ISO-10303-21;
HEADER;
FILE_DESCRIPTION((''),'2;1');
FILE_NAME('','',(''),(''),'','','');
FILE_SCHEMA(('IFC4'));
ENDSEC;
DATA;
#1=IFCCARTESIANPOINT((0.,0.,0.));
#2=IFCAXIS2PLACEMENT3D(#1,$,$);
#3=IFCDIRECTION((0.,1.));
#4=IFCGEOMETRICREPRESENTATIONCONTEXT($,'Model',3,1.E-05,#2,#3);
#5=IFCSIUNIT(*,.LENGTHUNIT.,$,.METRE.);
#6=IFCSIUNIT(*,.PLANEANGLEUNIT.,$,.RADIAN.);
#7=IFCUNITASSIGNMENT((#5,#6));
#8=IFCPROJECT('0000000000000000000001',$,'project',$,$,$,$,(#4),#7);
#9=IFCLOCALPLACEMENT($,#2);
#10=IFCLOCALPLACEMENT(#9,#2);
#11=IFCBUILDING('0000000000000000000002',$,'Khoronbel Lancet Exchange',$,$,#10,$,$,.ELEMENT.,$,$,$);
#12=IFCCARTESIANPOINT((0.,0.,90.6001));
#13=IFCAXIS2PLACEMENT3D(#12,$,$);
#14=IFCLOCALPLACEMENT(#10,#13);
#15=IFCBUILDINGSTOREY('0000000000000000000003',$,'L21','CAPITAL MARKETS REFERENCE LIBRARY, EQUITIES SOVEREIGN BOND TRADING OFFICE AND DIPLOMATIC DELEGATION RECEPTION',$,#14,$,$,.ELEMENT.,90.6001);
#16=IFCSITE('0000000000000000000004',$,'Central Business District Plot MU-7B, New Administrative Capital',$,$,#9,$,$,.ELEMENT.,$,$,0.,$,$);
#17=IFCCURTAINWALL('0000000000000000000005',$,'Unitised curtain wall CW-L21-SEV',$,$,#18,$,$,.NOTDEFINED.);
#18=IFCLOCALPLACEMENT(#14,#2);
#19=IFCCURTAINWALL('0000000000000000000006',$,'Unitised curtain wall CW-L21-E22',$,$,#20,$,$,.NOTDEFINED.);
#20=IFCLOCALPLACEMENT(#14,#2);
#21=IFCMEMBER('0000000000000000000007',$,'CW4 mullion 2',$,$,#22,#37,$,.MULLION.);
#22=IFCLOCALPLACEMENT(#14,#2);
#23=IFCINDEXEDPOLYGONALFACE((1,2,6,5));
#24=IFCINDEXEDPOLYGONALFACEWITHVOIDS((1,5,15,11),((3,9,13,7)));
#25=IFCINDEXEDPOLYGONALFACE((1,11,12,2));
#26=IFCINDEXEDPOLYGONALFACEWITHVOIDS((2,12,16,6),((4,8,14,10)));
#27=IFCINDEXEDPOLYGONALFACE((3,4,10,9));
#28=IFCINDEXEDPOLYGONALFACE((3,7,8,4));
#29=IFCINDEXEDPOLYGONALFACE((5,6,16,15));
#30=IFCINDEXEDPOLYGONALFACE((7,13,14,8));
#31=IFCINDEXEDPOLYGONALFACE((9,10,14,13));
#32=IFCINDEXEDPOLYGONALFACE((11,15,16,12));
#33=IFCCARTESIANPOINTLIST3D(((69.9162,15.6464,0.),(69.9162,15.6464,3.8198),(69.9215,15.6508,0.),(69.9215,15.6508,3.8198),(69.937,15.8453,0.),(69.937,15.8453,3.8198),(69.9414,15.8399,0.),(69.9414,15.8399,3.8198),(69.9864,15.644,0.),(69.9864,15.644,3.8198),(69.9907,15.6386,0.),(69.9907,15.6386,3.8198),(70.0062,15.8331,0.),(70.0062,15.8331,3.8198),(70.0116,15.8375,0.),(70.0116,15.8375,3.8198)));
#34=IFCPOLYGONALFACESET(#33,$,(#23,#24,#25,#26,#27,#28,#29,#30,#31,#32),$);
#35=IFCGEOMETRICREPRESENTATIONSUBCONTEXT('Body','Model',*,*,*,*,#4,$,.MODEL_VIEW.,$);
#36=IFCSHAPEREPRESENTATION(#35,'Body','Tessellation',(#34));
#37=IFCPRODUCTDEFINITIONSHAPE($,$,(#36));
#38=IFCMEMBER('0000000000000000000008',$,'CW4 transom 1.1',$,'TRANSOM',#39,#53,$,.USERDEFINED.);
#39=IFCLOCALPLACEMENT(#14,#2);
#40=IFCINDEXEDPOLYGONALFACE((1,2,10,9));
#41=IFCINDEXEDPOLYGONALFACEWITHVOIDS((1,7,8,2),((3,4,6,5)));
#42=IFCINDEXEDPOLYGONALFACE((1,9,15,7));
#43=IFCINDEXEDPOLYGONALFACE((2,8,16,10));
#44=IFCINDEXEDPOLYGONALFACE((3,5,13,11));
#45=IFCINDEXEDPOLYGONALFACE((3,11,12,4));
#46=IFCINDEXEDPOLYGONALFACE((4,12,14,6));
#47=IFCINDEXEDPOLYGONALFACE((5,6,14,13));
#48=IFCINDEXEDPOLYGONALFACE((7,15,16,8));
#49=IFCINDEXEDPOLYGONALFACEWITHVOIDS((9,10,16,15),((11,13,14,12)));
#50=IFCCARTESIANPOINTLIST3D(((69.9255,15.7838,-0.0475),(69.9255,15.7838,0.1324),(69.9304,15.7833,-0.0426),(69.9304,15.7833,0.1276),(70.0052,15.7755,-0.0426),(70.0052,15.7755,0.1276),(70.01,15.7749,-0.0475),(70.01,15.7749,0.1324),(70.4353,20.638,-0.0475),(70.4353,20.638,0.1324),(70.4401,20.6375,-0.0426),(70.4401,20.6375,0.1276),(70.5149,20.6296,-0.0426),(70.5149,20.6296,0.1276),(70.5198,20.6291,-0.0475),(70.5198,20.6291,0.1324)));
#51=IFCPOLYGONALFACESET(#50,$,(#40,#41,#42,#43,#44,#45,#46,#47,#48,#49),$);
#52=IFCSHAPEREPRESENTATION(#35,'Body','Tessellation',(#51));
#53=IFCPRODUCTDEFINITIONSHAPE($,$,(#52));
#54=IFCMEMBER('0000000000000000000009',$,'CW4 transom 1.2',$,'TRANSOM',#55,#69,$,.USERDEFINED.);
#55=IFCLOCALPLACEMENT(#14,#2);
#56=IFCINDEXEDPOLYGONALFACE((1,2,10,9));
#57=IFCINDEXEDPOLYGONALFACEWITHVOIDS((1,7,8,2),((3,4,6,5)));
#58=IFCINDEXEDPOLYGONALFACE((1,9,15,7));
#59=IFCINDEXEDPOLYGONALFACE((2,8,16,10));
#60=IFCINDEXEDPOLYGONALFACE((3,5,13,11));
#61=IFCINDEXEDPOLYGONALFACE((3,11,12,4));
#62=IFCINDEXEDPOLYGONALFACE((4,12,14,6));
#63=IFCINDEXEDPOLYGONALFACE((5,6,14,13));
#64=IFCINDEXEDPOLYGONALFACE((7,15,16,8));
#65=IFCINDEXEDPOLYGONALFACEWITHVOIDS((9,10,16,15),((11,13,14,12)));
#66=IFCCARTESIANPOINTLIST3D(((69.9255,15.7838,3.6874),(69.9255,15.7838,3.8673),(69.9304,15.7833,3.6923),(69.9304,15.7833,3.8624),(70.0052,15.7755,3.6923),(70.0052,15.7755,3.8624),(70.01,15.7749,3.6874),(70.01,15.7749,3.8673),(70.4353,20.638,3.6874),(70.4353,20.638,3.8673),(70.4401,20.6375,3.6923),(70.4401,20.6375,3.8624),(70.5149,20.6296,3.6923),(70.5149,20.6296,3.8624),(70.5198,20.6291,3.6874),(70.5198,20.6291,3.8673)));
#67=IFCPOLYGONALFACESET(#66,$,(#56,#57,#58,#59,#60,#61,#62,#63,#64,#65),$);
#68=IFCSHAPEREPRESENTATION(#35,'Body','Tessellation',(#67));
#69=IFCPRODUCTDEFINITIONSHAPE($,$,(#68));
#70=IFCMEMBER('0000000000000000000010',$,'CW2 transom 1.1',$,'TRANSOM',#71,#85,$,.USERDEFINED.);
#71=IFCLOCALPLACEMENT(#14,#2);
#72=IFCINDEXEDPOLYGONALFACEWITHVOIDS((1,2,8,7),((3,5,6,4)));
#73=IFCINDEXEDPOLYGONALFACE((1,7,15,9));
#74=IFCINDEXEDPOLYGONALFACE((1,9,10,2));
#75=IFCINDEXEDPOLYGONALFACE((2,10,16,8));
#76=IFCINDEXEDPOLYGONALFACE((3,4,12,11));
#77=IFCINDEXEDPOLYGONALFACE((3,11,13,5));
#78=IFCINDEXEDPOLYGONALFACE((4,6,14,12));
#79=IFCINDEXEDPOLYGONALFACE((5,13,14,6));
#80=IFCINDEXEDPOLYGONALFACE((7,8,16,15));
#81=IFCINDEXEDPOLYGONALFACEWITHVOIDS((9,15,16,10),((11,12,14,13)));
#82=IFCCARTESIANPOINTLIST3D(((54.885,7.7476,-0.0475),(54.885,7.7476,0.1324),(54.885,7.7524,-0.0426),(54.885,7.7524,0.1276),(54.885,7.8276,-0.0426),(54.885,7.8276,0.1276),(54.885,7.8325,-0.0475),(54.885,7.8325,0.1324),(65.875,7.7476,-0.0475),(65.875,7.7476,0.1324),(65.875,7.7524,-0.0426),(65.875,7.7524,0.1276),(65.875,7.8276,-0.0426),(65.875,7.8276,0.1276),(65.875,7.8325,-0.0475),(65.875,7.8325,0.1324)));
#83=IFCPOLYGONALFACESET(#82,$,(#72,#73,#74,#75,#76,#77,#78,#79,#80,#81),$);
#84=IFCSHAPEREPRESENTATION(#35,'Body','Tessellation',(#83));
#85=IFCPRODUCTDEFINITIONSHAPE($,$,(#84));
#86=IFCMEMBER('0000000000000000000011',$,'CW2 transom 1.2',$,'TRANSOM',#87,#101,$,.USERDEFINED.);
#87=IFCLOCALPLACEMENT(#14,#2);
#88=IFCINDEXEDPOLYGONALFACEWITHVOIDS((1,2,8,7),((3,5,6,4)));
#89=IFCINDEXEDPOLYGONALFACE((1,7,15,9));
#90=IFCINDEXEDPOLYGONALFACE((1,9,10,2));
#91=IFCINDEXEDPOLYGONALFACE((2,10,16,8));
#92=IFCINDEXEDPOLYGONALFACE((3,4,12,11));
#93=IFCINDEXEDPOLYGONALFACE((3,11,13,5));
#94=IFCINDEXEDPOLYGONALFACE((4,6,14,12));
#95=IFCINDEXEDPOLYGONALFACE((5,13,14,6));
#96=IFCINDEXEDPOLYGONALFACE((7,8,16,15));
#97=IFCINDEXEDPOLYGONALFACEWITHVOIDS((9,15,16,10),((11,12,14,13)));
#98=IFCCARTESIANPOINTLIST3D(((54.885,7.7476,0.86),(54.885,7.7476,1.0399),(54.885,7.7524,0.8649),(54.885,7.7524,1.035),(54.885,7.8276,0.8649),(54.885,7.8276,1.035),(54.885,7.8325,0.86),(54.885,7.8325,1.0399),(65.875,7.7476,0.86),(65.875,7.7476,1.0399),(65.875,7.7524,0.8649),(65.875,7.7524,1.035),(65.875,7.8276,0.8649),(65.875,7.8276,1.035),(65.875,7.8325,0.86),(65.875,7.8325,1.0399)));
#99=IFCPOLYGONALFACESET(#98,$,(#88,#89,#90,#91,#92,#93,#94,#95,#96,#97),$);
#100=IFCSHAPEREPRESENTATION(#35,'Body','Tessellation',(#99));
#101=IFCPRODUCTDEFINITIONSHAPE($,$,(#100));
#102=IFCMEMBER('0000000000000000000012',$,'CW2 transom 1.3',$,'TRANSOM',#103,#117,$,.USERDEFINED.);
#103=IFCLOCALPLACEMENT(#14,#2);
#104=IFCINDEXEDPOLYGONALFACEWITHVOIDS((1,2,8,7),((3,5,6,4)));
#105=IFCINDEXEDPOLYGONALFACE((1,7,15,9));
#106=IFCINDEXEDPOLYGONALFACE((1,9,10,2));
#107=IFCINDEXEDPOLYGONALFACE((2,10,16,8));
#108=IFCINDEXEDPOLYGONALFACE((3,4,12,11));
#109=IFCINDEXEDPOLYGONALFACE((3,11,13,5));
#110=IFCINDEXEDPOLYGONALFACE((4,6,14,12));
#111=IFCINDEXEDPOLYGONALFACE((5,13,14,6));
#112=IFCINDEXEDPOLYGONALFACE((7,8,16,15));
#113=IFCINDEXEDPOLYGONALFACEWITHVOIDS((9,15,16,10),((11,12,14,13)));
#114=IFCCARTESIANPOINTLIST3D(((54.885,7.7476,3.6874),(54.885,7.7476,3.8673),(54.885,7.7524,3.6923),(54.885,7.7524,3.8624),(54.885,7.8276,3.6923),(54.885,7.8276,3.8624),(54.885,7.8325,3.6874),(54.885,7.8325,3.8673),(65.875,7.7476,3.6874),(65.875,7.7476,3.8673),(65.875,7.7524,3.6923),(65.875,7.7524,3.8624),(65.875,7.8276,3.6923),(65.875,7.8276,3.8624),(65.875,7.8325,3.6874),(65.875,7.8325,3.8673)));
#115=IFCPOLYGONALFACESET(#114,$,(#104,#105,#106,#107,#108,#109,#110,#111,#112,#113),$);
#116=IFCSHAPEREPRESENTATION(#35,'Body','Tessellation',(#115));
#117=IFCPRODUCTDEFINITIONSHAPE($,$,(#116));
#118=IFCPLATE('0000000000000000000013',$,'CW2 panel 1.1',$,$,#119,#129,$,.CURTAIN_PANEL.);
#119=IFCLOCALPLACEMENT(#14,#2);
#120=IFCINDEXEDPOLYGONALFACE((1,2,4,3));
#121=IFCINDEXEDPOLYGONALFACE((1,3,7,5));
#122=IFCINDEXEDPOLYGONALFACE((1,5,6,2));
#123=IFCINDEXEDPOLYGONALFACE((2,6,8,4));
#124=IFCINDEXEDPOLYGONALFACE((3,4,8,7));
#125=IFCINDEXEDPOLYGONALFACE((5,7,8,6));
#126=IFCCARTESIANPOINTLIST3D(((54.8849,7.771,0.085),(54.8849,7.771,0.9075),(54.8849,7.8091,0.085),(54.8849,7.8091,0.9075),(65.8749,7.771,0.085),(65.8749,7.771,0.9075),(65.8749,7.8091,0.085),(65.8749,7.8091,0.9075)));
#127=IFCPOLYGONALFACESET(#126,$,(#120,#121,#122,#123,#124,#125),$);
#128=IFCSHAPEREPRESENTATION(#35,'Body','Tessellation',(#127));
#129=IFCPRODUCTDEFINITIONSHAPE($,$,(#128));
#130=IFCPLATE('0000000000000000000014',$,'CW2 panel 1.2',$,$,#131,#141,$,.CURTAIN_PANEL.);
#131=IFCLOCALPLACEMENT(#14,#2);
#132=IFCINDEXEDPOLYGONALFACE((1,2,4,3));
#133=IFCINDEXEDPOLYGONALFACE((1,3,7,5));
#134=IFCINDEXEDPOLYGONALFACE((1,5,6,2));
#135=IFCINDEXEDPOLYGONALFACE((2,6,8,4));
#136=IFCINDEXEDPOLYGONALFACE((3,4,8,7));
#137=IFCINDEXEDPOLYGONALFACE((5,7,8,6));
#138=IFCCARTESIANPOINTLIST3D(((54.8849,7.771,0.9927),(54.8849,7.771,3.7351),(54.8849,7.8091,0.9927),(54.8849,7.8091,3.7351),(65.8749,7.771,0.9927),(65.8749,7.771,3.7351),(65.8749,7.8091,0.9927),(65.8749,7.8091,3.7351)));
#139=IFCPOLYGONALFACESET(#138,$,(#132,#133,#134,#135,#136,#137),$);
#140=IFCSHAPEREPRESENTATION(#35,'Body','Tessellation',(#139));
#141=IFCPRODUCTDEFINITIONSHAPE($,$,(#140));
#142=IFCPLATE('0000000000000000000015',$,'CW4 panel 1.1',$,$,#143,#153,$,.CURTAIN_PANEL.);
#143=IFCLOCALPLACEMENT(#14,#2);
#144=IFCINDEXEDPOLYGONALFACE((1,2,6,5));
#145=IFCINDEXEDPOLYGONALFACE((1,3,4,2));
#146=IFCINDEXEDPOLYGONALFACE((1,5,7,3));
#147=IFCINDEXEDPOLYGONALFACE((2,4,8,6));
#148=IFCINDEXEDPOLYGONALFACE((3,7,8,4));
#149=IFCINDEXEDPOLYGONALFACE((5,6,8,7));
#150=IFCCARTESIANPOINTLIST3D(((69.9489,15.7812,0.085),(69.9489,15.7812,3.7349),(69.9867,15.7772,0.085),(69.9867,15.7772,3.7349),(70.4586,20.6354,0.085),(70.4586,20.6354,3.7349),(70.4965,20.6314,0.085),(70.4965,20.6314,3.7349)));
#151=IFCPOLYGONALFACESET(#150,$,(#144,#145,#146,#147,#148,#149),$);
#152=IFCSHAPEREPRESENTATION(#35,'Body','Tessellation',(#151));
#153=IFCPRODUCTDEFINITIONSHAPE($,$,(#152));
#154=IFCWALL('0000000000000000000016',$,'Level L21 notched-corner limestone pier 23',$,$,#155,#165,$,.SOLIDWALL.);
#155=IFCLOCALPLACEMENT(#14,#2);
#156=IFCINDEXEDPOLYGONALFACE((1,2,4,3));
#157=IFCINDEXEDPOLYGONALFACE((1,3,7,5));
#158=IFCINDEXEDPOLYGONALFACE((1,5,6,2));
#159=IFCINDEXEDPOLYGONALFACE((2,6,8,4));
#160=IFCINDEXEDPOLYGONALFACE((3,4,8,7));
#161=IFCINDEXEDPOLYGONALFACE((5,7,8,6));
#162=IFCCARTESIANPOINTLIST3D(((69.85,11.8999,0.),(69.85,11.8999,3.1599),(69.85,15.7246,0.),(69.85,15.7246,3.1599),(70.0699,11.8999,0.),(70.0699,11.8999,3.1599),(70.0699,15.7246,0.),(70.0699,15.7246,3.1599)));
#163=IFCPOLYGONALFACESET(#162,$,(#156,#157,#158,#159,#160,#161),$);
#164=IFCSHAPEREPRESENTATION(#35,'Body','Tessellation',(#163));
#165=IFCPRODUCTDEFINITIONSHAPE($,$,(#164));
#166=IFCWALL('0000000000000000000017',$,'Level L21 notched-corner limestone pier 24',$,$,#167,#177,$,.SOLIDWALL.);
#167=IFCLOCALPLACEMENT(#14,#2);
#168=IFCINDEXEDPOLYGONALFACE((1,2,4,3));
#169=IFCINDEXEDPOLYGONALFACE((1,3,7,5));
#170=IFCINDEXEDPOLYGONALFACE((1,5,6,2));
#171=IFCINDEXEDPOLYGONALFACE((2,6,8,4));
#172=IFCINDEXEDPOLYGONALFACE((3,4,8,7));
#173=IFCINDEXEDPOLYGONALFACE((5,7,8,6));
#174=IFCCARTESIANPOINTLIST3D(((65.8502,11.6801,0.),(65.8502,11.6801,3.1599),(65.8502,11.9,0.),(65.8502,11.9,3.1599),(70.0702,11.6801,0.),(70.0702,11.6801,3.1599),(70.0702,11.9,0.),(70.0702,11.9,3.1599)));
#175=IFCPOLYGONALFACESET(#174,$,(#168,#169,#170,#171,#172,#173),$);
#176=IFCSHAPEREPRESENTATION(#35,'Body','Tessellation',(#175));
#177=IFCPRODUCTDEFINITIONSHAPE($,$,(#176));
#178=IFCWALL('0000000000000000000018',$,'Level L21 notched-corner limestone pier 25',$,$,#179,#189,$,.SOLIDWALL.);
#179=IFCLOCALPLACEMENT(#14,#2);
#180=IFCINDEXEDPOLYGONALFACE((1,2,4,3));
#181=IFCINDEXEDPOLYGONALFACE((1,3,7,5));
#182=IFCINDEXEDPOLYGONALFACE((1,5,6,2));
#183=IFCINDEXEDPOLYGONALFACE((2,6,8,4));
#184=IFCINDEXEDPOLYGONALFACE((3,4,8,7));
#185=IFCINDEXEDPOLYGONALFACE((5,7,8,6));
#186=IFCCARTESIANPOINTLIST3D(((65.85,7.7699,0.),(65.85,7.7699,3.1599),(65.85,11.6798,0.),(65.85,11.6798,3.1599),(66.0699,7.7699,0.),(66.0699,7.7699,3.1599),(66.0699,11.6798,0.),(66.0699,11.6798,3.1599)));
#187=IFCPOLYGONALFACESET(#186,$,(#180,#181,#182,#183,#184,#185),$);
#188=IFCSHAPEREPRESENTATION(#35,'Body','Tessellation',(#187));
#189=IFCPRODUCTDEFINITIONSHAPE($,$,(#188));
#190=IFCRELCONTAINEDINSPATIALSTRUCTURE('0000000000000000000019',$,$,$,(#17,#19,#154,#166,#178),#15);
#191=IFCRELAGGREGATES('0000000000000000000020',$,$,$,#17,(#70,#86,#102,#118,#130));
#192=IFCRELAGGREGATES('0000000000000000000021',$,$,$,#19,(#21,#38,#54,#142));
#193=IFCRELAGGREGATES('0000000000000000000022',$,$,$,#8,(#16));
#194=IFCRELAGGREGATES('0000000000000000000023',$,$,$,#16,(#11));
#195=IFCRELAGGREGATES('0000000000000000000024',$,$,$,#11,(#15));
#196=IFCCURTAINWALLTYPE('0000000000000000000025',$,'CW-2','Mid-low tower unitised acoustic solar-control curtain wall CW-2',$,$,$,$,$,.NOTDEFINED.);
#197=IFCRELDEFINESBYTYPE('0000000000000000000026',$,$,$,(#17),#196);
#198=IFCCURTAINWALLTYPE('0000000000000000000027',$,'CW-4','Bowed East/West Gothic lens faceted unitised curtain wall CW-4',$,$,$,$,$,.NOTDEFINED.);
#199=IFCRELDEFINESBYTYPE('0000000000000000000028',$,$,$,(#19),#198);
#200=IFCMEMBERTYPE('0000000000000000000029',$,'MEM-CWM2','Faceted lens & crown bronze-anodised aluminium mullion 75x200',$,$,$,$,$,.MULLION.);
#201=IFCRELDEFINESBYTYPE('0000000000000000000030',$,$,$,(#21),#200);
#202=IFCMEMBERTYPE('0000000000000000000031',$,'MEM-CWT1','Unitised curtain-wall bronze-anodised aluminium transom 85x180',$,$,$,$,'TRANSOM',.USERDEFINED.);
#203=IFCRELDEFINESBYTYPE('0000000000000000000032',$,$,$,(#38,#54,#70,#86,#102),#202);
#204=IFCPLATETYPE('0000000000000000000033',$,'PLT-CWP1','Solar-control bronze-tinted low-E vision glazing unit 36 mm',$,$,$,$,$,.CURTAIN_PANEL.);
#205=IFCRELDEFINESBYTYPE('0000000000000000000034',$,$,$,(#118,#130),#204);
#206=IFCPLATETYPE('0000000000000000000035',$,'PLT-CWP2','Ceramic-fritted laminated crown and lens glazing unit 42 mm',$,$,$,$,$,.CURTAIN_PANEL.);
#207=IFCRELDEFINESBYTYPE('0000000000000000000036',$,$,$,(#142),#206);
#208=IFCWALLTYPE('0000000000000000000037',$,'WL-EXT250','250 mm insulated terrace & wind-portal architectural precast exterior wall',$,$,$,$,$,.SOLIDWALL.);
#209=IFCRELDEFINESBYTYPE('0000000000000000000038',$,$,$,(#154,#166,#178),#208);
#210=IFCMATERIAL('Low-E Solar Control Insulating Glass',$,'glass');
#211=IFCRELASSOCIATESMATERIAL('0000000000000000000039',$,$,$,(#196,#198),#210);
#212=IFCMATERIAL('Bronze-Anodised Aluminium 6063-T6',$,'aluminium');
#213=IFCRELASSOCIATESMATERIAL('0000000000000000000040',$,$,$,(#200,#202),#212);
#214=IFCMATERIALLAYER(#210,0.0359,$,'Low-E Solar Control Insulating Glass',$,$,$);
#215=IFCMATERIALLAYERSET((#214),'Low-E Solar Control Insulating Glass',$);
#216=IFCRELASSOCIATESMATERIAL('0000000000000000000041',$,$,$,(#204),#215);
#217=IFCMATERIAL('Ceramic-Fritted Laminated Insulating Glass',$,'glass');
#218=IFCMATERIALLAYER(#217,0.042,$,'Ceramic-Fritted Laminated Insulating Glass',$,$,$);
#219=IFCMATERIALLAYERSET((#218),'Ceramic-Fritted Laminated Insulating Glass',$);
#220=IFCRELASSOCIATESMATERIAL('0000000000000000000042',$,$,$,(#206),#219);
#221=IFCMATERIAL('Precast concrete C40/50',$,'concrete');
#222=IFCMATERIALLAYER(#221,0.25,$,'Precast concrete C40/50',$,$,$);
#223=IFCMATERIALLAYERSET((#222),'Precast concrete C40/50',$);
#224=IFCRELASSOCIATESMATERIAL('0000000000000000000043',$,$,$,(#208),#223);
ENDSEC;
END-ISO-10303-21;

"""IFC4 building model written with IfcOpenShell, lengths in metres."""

from ifc_helpers import new_model, si_unit, direction, frame, frame_2d, origin, origin_2d, place, context, subcontext, project, spatial, rectangle, hollow_rectangle, extrude, material, layer, layer_set, material_profile, profile_set, type_object, element, aggregate, save


model = new_model("IFC4")

# Units and contexts
model_context = context("Model", 3, precision=1e-05, world=origin(), true_north=direction((0.0, 1.0)))
body_context = subcontext(model_context, "Body", "Model", "MODEL_VIEW")
ifc_project = project(units=[si_unit("LENGTHUNIT", "METRE"), si_unit("PLANEANGLEUNIT", "RADIAN")], contexts=[model_context])

# Site, building, storey
site_placement = place(None, origin())
site = spatial("IfcSite", under=ifc_project, at=site_placement, Name="Central Business District Plot MU-7B, New Administrative Capital", CompositionType="ELEMENT", RefElevation=0.0)
building_placement = place(site_placement, origin())
building = spatial("IfcBuilding", under=site, at=building_placement, Name="Khoronbel Lancet Exchange", CompositionType="ELEMENT")
storey_placement = place(building_placement, frame((0.0, 0.0, 90.6001)))
storey = spatial("IfcBuildingStorey", under=building, at=storey_placement, Name="L21", Description="CAPITAL MARKETS REFERENCE LIBRARY, EQUITIES SOVEREIGN BOND TRADING OFFICE AND DIPLOMATIC DELEGATION RECEPTION", CompositionType="ELEMENT", Elevation=90.6001)

# Shared definitions
ifc_material_1 = material(Name="Low-E Solar Control Insulating Glass", Category="glass")
curtain_wall_type_1 = type_object("IfcCurtainWallType", Name="CW-2", Description="Mid-low tower unitised acoustic solar-control curtain wall CW-2", PredefinedType="NOTDEFINED", material=ifc_material_1)
ifc_material_2 = material(Name="Bronze-Anodised Aluminium 6063-T6", Category="aluminium")

# Curtain wall
curtain_wall_1_placement = place(storey_placement, origin())
curtain_wall_1 = element("IfcCurtainWall", 1, at=curtain_wall_1_placement, inside=storey, type_object=curtain_wall_type_1, Name="Unitised curtain wall CW-L21-SEV", PredefinedType="NOTDEFINED")

# Shared definitions
curtain_wall_type_2 = type_object("IfcCurtainWallType", Name="CW-4", Description="Bowed East/West Gothic lens faceted unitised curtain wall CW-4", PredefinedType="NOTDEFINED", material=ifc_material_1)
ifc_material_profile_1 = material_profile(ifc_material_2, hollow_rectangle(XDim=0.075, YDim=0.2, WallThickness=0.0049, at=origin_2d()), Name="ALU MULLION 75x200")
ifc_profile_set_1 = profile_set([ifc_material_profile_1], Name="Bronze-Anodised Aluminium 6063-T6")
member_type_1 = type_object("IfcMemberType", Name="MEM-CWM2", Description="Faceted lens & crown bronze-anodised aluminium mullion 75x200", PredefinedType="MULLION", material=ifc_profile_set_1)

# Curtain wall, members
curtain_wall_2_placement = place(storey_placement, origin())
curtain_wall_2 = element("IfcCurtainWall", 2, at=curtain_wall_2_placement, inside=storey, type_object=curtain_wall_type_2, Name="Unitised curtain wall CW-L21-E22", PredefinedType="NOTDEFINED")
member_1_placement = place(storey_placement, frame((69.9639, 15.7419, 0.0), z_axis=(0.0, 0.0, 1.0), x_axis=(0.994532, -0.104434, 0.0)))
member_1 = element("IfcMember", 3, at=member_1_placement, type_object=member_type_1, Name="CW4 mullion 2", PredefinedType="MULLION", context=body_context, shape_type="SweptSolid", body=[
    extrude(hollow_rectangle(XDim=0.075, YDim=0.2, WallThickness=0.0049, at=origin_2d()), origin(), (0.0, 0.0, 1.0), 3.8198),
])
ifc_material_profile_2 = material_profile(ifc_material_2, hollow_rectangle(XDim=0.085, YDim=0.1799, WallThickness=0.0049, at=origin_2d()), Name="ALU TRANSOM 85x180")
ifc_profile_set_2 = profile_set([ifc_material_profile_2], Name="Bronze-Anodised Aluminium 6063-T6")
member_type_2 = type_object("IfcMemberType", Name="MEM-CWT1", Description="Unitised curtain-wall bronze-anodised aluminium transom 85x180", ElementType="TRANSOM", PredefinedType="USERDEFINED", material=ifc_profile_set_2)
member_2_placement = place(storey_placement, frame((70.4775, 20.6335, 0.0425), z_axis=(-0.10444, -0.994531, 0.0), x_axis=(0.994531, -0.10444, 0.0)))
member_2 = element("IfcMember", 4, at=member_2_placement, type_object=member_type_2, Name="CW4 transom 1.1", ObjectType="TRANSOM", PredefinedType="USERDEFINED", context=body_context, shape_type="SweptSolid", body=[
    extrude(hollow_rectangle(XDim=0.085, YDim=0.1799, WallThickness=0.0049, at=origin_2d()), origin(), (0.0, 0.0, 1.0), 4.8809),
])
member_3_placement = place(storey_placement, frame((70.4775, 20.6335, 3.7773), z_axis=(-0.10444, -0.994531, 0.0), x_axis=(0.994531, -0.10444, 0.0)))
member_3 = element("IfcMember", 5, at=member_3_placement, type_object=member_type_2, Name="CW4 transom 1.2", ObjectType="TRANSOM", PredefinedType="USERDEFINED", context=body_context, shape_type="SweptSolid", body=[
    extrude(hollow_rectangle(XDim=0.085, YDim=0.1799, WallThickness=0.0049, at=origin_2d()), origin(), (0.0, 0.0, 1.0), 4.8809),
])

# Members
member_4_placement = place(storey_placement, frame((54.885, 7.79, 0.0425), z_axis=(1.0, 0.0, 0.0), x_axis=(0.0, 1.0, 0.0)))
member_4 = element("IfcMember", 6, at=member_4_placement, type_object=member_type_2, Name="CW2 transom 1.1", ObjectType="TRANSOM", PredefinedType="USERDEFINED", context=body_context, shape_type="SweptSolid", body=[
    extrude(hollow_rectangle(XDim=0.085, YDim=0.1799, WallThickness=0.0049, at=origin_2d()), origin(), (0.0, 0.0, 1.0), 10.99),
])
member_5_placement = place(storey_placement, frame((54.885, 7.79, 0.95), z_axis=(1.0, 0.0, 0.0), x_axis=(0.0, 1.0, 0.0)))
member_5 = element("IfcMember", 7, at=member_5_placement, type_object=member_type_2, Name="CW2 transom 1.2", ObjectType="TRANSOM", PredefinedType="USERDEFINED", context=body_context, shape_type="SweptSolid", body=[
    extrude(hollow_rectangle(XDim=0.085, YDim=0.1799, WallThickness=0.0049, at=origin_2d()), origin(), (0.0, 0.0, 1.0), 10.99),
])
member_6_placement = place(storey_placement, frame((54.885, 7.79, 3.7773), z_axis=(1.0, 0.0, 0.0), x_axis=(0.0, 1.0, 0.0)))
member_6 = element("IfcMember", 8, at=member_6_placement, type_object=member_type_2, Name="CW2 transom 1.3", ObjectType="TRANSOM", PredefinedType="USERDEFINED", context=body_context, shape_type="SweptSolid", body=[
    extrude(hollow_rectangle(XDim=0.085, YDim=0.1799, WallThickness=0.0049, at=origin_2d()), origin(), (0.0, 0.0, 1.0), 10.99),
])

# Plates
ifc_layer_1 = layer(ifc_material_1, 0.0359, Name="Low-E Solar Control Insulating Glass")
ifc_layer_set_1 = layer_set([ifc_layer_1], Name="Low-E Solar Control Insulating Glass")
plate_type_1 = type_object("IfcPlateType", Name="PLT-CWP1", Description="Solar-control bronze-tinted low-E vision glazing unit 36 mm", PredefinedType="CURTAIN_PANEL", material=ifc_layer_set_1)
plate_1_placement = place(storey_placement, frame((60.3799, 7.79, 0.085), z_axis=(0.0, 0.0, 1.0), x_axis=(1.0, 0.0, 0.0)))
plate_1 = element("IfcPlate", 9, at=plate_1_placement, type_object=plate_type_1, Name="CW2 panel 1.1", PredefinedType="CURTAIN_PANEL", context=body_context, shape_type="SweptSolid", body=[
    extrude(rectangle(XDim=10.99, YDim=0.0381, at=origin_2d()), origin(), (0.0, 0.0, 1.0), 0.8225),
])
plate_2_placement = place(storey_placement, frame((60.3799, 7.79, 0.9927), z_axis=(0.0, 0.0, 1.0), x_axis=(1.0, 0.0, 0.0)))
plate_2 = element("IfcPlate", 10, at=plate_2_placement, type_object=plate_type_1, Name="CW2 panel 1.2", PredefinedType="CURTAIN_PANEL", context=body_context, shape_type="SweptSolid", body=[
    extrude(rectangle(XDim=10.99, YDim=0.0381, at=origin_2d()), origin(), (0.0, 0.0, 1.0), 2.7424),
])
aggregate(curtain_wall_1, [member_4, member_5, member_6, plate_1, plate_2])
ifc_material_3 = material(Name="Ceramic-Fritted Laminated Insulating Glass", Category="glass")
ifc_layer_2 = layer(ifc_material_3, 0.042, Name="Ceramic-Fritted Laminated Insulating Glass")
ifc_layer_set_2 = layer_set([ifc_layer_2], Name="Ceramic-Fritted Laminated Insulating Glass")
plate_type_2 = type_object("IfcPlateType", Name="PLT-CWP2", Description="Ceramic-fritted laminated crown and lens glazing unit 42 mm", PredefinedType="CURTAIN_PANEL", material=ifc_layer_set_2)
plate_3_placement = place(storey_placement, frame((70.2227, 18.2063, 0.085), z_axis=(0.0, 0.0, 1.0), x_axis=(-0.104434, -0.994532, 0.0)))
plate_3 = element("IfcPlate", 11, at=plate_3_placement, type_object=plate_type_2, Name="CW4 panel 1.1", PredefinedType="CURTAIN_PANEL", context=body_context, shape_type="SweptSolid", body=[
    extrude(rectangle(XDim=4.8809, YDim=0.0381, at=origin_2d()), origin(), (0.0, 0.0, 1.0), 3.6499),
])
aggregate(curtain_wall_2, [member_1, member_2, member_3, plate_3])

# Walls
ifc_material_4 = material(Name="Precast concrete C40/50", Category="concrete")
ifc_layer_3 = layer(ifc_material_4, 0.25, Name="Precast concrete C40/50")
ifc_layer_set_3 = layer_set([ifc_layer_3], Name="Precast concrete C40/50")
wall_type_1 = type_object("IfcWallType", Name="WL-EXT250", Description="250 mm insulated terrace & wind-portal architectural precast exterior wall", PredefinedType="SOLIDWALL", material=ifc_layer_set_3)
wall_1_placement = place(storey_placement, frame((69.96, 15.7246, 0.0), z_axis=(0.0, 0.0, 1.0), x_axis=(0.0, -1.0, 0.0)))
element("IfcWall", 12, at=wall_1_placement, inside=storey, type_object=wall_type_1, Name="Level L21 notched-corner limestone pier 23", PredefinedType="SOLIDWALL", context=body_context, shape_type="SweptSolid", body=[
    extrude(rectangle(XDim=3.8247, YDim=0.22, at=frame_2d((1.9124, 0.0))), origin(), (0.0, 0.0, 1.0), 3.1599),
])
wall_2_placement = place(storey_placement, frame((70.0701, 11.79, 0.0), z_axis=(0.0, 0.0, 1.0), x_axis=(-1.0, 0.0, 0.0)))
element("IfcWall", 13, at=wall_2_placement, inside=storey, type_object=wall_type_1, Name="Level L21 notched-corner limestone pier 24", PredefinedType="SOLIDWALL", context=body_context, shape_type="SweptSolid", body=[
    extrude(rectangle(XDim=4.22, YDim=0.22, at=frame_2d((2.1099, 0.0))), origin(), (0.0, 0.0, 1.0), 3.1599),
])
wall_3_placement = place(storey_placement, frame((65.96, 11.6799, 0.0), z_axis=(0.0, 0.0, 1.0), x_axis=(0.0, -1.0, 0.0)))
element("IfcWall", 14, at=wall_3_placement, inside=storey, type_object=wall_type_1, Name="Level L21 notched-corner limestone pier 25", PredefinedType="SOLIDWALL", context=body_context, shape_type="SweptSolid", body=[
    extrude(rectangle(XDim=3.9099, YDim=0.22, at=frame_2d((1.9551, 0.0))), origin(), (0.0, 0.0, 1.0), 3.1599),
])

save(model, "model.ifc")
